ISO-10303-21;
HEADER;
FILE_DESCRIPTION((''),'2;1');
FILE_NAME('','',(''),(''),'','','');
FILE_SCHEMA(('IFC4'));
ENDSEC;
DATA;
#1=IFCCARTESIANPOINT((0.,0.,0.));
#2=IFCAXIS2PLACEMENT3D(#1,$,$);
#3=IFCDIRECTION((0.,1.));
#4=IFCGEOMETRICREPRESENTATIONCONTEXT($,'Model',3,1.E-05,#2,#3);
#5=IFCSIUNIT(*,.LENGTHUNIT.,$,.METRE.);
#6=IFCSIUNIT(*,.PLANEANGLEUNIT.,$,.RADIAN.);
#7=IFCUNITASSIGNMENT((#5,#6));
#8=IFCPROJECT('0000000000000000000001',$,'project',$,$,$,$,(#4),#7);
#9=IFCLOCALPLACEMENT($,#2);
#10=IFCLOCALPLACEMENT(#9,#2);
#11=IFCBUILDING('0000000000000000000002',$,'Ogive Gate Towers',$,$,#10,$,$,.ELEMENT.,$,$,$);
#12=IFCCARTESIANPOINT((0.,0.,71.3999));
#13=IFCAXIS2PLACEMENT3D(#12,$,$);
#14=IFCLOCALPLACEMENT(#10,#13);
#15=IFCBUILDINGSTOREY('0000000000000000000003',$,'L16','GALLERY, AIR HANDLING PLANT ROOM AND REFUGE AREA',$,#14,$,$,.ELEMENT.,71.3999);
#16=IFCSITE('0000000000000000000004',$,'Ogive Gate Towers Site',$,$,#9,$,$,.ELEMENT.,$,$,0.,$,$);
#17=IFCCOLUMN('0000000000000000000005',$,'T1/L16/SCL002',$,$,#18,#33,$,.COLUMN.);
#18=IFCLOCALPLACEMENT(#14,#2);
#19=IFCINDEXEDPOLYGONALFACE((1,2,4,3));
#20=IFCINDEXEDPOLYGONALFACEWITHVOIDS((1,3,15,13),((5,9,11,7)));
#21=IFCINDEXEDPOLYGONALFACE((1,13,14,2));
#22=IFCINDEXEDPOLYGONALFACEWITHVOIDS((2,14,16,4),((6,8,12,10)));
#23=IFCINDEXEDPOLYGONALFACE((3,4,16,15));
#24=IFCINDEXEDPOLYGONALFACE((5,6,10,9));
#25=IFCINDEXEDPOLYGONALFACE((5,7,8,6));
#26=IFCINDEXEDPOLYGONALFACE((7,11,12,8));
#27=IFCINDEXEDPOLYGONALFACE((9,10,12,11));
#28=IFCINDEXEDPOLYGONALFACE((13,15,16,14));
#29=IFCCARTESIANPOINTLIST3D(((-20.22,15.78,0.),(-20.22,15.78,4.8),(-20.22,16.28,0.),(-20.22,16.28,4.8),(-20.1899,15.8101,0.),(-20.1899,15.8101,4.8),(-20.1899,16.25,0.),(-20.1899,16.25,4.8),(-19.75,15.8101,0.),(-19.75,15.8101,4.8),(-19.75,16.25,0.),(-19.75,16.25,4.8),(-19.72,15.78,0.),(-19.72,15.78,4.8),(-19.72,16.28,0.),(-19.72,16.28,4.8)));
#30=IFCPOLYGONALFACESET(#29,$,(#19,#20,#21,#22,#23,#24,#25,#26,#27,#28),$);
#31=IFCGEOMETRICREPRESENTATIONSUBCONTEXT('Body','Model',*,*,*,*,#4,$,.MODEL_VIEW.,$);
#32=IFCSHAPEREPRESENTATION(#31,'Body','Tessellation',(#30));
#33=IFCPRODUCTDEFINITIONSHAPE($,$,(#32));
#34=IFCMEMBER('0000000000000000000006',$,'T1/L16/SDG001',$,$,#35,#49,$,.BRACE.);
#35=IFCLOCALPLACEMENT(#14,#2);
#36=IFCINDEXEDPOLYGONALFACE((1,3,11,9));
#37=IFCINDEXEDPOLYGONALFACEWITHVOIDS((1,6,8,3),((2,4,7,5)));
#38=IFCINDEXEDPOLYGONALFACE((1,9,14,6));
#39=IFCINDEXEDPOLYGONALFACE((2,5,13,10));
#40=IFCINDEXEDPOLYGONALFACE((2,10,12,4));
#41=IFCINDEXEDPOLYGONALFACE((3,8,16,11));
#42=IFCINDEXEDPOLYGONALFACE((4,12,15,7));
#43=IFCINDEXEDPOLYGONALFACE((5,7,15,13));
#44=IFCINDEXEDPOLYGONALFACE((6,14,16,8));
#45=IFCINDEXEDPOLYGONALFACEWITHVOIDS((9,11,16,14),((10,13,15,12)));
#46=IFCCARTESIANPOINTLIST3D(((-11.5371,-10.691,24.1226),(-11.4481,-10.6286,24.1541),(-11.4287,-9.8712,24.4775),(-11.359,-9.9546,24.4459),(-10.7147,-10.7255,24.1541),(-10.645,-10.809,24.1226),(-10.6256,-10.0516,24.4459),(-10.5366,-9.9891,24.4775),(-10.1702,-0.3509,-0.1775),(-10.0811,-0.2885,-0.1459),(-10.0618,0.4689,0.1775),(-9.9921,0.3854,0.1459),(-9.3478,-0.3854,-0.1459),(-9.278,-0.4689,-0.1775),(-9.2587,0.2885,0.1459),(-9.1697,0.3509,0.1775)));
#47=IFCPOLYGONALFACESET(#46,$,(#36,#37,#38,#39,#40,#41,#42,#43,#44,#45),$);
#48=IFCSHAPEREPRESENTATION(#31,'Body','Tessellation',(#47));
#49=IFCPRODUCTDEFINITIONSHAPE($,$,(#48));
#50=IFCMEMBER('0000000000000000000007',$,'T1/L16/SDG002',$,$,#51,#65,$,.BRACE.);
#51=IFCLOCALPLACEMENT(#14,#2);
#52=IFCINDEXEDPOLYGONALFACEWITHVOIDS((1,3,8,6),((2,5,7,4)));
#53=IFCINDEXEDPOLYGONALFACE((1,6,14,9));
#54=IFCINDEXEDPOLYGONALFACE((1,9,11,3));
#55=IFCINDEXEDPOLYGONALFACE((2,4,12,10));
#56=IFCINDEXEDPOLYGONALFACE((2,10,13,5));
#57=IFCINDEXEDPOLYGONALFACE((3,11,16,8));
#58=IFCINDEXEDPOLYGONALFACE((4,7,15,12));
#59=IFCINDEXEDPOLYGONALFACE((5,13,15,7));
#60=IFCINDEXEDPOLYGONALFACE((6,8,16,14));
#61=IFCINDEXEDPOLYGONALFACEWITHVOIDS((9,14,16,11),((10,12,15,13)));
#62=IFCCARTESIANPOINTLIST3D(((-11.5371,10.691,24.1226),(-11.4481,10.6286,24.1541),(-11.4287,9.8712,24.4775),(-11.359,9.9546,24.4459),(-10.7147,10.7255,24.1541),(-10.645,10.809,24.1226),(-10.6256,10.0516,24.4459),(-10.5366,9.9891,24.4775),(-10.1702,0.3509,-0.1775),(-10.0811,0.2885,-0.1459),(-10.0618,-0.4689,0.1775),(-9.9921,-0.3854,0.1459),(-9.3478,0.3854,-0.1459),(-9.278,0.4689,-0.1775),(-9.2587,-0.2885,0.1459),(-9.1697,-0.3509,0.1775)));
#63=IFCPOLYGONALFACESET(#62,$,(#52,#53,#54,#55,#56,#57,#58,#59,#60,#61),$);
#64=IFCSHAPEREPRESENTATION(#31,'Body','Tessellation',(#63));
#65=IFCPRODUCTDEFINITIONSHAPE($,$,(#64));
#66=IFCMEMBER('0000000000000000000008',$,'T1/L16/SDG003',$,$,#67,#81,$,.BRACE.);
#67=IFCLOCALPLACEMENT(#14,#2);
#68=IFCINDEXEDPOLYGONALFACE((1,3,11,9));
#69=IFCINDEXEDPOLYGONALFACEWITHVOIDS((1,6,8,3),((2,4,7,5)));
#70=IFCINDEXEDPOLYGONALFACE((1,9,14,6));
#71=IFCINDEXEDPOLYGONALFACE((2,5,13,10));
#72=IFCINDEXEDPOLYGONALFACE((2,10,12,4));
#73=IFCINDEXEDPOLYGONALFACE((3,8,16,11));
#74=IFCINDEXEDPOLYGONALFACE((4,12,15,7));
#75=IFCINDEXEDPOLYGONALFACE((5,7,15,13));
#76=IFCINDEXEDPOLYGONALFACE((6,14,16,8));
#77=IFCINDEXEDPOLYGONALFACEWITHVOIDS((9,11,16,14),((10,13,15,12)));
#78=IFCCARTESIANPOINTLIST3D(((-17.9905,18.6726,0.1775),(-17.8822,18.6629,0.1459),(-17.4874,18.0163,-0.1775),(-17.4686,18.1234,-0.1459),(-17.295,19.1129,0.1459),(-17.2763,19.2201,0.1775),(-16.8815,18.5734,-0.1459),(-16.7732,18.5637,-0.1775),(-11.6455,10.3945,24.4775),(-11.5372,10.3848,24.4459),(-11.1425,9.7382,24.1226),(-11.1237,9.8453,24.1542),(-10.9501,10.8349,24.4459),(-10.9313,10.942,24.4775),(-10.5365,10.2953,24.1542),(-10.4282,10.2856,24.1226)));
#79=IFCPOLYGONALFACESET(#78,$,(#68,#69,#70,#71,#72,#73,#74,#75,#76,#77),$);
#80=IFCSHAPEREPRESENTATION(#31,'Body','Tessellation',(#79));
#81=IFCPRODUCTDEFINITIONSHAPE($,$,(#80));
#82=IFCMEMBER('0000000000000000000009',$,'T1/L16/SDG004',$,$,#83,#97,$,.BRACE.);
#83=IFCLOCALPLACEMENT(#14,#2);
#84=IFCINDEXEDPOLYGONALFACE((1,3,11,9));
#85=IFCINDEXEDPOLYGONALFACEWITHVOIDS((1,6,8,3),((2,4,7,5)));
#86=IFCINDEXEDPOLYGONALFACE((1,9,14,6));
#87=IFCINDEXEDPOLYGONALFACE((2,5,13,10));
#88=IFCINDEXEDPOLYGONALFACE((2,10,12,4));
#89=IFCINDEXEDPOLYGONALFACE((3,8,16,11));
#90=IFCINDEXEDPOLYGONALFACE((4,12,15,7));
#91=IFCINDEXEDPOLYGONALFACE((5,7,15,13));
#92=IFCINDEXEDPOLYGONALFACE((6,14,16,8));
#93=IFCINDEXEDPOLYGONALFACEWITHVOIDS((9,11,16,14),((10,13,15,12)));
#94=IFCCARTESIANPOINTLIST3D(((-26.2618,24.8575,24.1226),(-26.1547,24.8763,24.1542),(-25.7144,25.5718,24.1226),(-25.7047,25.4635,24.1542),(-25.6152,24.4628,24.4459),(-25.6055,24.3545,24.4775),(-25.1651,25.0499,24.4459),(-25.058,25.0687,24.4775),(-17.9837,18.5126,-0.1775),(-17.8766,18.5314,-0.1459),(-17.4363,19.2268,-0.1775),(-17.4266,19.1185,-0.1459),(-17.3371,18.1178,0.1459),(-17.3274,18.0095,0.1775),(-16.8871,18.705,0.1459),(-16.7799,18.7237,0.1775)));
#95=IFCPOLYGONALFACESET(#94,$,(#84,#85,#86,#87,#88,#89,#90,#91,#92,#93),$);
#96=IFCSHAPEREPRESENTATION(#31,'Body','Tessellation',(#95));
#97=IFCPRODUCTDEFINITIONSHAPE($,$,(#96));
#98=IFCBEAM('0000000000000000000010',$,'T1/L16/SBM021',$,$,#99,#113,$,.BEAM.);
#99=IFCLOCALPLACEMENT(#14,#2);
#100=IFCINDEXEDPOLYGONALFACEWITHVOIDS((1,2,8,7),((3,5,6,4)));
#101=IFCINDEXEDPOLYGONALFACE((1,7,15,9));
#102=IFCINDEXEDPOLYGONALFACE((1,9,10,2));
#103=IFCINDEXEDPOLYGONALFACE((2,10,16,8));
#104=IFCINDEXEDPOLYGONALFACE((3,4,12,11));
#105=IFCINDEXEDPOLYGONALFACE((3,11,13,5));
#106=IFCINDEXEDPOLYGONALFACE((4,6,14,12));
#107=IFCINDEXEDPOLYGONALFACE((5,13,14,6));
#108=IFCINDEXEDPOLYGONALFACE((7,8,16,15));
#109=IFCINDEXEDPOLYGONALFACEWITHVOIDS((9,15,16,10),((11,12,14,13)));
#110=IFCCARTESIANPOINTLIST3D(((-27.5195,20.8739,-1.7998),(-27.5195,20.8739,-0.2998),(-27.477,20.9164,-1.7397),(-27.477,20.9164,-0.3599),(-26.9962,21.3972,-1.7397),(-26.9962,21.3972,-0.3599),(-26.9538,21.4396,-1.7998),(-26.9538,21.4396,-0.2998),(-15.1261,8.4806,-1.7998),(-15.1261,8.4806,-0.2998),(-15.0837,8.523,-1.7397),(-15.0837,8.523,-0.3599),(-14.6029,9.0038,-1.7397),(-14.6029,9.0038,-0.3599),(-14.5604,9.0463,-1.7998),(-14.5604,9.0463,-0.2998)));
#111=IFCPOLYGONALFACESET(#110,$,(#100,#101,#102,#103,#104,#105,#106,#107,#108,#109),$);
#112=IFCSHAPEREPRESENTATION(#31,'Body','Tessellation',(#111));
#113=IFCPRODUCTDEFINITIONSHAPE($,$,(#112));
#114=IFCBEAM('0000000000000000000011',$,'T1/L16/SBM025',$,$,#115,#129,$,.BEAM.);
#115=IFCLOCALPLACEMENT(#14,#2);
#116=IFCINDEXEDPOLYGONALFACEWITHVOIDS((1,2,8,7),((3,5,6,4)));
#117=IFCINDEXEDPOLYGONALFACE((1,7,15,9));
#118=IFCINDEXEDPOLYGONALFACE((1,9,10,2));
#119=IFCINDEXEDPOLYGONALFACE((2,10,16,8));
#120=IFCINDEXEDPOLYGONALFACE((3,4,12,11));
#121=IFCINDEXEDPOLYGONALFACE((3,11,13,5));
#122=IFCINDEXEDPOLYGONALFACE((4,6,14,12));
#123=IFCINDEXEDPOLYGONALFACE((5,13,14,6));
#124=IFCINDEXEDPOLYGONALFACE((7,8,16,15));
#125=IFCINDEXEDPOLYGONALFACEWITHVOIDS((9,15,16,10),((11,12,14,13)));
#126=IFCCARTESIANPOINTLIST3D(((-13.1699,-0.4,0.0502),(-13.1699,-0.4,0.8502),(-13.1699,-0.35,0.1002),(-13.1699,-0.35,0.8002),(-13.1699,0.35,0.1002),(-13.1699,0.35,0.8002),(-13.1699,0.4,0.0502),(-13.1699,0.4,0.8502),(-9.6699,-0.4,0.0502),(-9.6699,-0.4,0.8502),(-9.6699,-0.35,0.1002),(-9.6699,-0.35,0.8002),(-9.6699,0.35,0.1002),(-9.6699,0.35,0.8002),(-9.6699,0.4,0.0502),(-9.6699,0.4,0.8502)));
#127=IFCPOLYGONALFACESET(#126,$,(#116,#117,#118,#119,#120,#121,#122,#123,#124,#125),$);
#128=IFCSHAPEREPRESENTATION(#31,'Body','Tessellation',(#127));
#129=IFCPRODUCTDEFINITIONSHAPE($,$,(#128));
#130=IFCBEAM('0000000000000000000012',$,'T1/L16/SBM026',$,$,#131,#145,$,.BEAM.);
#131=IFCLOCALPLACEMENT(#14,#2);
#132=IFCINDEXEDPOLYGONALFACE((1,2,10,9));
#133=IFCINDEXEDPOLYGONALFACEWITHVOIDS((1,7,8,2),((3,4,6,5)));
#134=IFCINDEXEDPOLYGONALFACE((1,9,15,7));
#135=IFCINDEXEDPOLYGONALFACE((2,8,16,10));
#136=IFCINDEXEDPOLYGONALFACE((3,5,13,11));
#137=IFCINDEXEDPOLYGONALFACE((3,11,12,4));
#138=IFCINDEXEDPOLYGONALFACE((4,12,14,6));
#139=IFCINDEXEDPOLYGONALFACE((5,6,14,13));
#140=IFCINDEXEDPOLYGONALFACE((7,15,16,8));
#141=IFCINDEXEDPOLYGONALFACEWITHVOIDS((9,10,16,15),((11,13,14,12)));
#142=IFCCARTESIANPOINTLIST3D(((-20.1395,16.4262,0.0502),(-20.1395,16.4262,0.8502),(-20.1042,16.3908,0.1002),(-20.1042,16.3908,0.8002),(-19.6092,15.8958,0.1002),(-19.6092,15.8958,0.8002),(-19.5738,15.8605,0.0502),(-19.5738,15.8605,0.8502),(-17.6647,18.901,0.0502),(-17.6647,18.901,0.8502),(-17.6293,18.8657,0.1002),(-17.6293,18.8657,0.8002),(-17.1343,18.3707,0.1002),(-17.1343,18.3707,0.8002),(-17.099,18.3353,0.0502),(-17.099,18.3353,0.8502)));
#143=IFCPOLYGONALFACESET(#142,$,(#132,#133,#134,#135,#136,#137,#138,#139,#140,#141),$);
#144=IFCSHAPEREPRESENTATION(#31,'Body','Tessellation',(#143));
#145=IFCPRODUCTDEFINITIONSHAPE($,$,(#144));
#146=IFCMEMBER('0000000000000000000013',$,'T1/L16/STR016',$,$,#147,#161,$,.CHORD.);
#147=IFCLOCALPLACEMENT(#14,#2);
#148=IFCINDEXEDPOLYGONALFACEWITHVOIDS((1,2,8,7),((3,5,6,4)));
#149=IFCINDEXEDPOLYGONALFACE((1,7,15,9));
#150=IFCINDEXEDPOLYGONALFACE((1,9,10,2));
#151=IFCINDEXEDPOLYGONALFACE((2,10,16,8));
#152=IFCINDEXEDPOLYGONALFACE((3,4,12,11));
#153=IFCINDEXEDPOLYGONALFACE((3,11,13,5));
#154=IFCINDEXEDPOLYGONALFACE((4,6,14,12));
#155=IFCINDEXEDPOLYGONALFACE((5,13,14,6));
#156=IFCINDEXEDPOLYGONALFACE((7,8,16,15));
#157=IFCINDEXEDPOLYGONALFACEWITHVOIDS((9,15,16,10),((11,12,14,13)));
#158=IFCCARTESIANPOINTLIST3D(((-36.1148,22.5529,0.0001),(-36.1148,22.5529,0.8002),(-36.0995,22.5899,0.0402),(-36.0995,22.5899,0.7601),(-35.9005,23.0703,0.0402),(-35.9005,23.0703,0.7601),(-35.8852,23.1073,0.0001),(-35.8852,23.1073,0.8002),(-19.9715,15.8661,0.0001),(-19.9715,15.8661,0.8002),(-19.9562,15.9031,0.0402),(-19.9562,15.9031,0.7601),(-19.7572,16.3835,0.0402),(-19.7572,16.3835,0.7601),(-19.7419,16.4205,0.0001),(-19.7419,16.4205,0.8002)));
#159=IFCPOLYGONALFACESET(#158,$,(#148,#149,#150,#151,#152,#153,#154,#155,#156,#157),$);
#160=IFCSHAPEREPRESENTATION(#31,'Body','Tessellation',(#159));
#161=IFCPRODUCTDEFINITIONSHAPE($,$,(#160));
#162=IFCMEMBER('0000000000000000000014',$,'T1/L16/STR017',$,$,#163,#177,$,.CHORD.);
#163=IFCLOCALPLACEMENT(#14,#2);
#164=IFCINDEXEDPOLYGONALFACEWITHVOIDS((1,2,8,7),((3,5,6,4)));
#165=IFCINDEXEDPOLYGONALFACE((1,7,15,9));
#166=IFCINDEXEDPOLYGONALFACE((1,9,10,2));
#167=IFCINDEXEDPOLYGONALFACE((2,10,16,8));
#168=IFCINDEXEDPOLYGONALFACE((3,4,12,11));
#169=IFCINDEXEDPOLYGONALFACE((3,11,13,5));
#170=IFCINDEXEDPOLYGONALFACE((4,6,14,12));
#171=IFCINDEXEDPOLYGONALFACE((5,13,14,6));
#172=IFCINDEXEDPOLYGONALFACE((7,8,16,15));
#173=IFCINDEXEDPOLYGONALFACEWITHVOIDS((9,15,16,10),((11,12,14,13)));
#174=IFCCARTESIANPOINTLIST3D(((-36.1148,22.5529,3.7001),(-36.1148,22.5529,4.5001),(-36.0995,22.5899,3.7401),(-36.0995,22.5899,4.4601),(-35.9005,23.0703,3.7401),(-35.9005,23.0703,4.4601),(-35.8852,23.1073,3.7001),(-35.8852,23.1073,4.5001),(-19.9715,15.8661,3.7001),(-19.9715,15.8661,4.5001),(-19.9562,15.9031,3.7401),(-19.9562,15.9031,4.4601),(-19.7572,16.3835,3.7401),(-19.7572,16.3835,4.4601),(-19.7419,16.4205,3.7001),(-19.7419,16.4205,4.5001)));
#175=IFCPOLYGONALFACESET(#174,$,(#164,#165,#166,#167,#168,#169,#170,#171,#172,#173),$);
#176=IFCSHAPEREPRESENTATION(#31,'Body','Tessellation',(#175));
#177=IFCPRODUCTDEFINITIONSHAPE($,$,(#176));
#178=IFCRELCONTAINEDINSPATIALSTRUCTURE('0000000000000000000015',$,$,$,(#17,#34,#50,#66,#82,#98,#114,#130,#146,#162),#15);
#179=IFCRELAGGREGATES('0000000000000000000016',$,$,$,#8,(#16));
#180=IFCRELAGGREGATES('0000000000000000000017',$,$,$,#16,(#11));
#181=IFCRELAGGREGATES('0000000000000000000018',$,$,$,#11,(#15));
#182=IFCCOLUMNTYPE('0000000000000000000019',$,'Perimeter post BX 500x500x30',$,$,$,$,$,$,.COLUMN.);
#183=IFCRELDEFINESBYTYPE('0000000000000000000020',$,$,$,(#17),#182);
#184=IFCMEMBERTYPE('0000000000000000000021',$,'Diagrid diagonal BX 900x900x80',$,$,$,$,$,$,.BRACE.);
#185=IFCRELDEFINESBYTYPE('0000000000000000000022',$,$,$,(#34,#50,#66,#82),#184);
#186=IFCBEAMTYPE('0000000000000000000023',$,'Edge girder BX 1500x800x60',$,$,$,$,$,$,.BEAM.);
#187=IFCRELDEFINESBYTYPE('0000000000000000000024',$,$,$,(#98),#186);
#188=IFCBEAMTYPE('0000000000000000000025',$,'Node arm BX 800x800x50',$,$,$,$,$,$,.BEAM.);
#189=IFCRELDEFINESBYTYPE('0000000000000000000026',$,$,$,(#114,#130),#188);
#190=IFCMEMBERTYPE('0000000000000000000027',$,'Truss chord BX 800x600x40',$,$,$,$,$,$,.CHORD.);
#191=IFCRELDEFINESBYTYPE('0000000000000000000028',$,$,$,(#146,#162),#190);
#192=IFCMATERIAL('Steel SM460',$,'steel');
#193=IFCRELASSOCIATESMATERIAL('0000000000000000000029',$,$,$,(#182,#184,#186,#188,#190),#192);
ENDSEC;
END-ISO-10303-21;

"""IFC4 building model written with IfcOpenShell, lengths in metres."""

from ifc_helpers import new_model, si_unit, direction, frame, origin, origin_2d, place, context, subcontext, project, spatial, hollow_rectangle, extrude, material, material_profile, profile_set, type_object, element, save


model = new_model("IFC4")

# Units and contexts
model_context = context("Model", 3, precision=1e-05, world=origin(), true_north=direction((0.0, 1.0)))
body_context = subcontext(model_context, "Body", "Model", "MODEL_VIEW")
ifc_project = project(units=[si_unit("LENGTHUNIT", "METRE"), si_unit("PLANEANGLEUNIT", "RADIAN")], contexts=[model_context])

# Site, building, storey
site_placement = place(None, origin())
site = spatial("IfcSite", under=ifc_project, at=site_placement, Name="Ogive Gate Towers Site", CompositionType="ELEMENT", RefElevation=0.0)
building_placement = place(site_placement, origin())
building = spatial("IfcBuilding", under=site, at=building_placement, Name="Ogive Gate Towers", CompositionType="ELEMENT")
storey_placement = place(building_placement, frame((0.0, 0.0, 71.3999)))
storey = spatial("IfcBuildingStorey", under=building, at=storey_placement, Name="L16", Description="GALLERY, AIR HANDLING PLANT ROOM AND REFUGE AREA", CompositionType="ELEMENT", Elevation=71.3999)

# Column
ifc_material_1 = material(Name="Steel SM460", Category="steel")
ifc_material_profile_1 = material_profile(ifc_material_1, hollow_rectangle(XDim=0.5, YDim=0.5, WallThickness=0.03, at=origin_2d()), Name="BX 500x500x30")
ifc_profile_set_1 = profile_set([ifc_material_profile_1], Name="Steel SM460")
column_type = type_object("IfcColumnType", Name="Perimeter post BX 500x500x30", PredefinedType="COLUMN", material=ifc_profile_set_1)
column_placement = place(storey_placement, frame((-19.97, 16.03, 0.0), z_axis=(0.0, 0.0, 1.0), x_axis=(1.0, 0.0, 0.0)))
element("IfcColumn", 1, at=column_placement, inside=storey, type_object=column_type, Name="T1/L16/SCL002", PredefinedType="COLUMN", context=body_context, shape_type="SweptSolid", body=[
    extrude(hollow_rectangle(XDim=0.5, YDim=0.5, WallThickness=0.03, at=origin_2d()), origin(), (0.0, 0.0, 1.0), 4.8),
])

# Members
ifc_material_profile_2 = material_profile(ifc_material_1, hollow_rectangle(XDim=0.8999, YDim=0.8999, WallThickness=0.0801, at=origin_2d()), Name="BX 900x900x80")
ifc_profile_set_2 = profile_set([ifc_material_profile_2], Name="Steel SM460")
member_type_1 = type_object("IfcMemberType", Name="Diagrid diagonal BX 900x900x80", PredefinedType="BRACE", material=ifc_profile_set_2)
for number, where, z_axis, x_axis, name in (
    (2, (-9.6699, 0.0, 0.0), (-0.051692, -0.39102, 0.918929), (0.991375, -0.131058, 0.0), "T1/L16/SDG001"),
    (3, (-9.6699, 0.0, 0.0), (-0.051692, 0.39102, 0.918929), (-0.991375, -0.131058, 0.0), "T1/L16/SDG002"),
    (4, (-17.3818, 18.6182, 0.0), (0.239941, -0.313043, 0.91893), (0.793678, 0.608338, 0.0), "T1/L16/SDG003"),
    (5, (-17.3818, 18.6182, 0.0), (-0.313043, 0.239941, 0.91893), (-0.608338, -0.793678, 0.0), "T1/L16/SDG004"),
):
    element("IfcMember", number, at=place(storey_placement, frame(where, z_axis=z_axis, x_axis=x_axis)), inside=storey, type_object=member_type_1, Name=name, PredefinedType="BRACE", context=body_context, shape_type="SweptSolid", body=[
        extrude(hollow_rectangle(XDim=0.8999, YDim=0.8999, WallThickness=0.0801, at=origin_2d()), origin(), (0.0, 0.0, 1.0), 26.4438),
    ])

# Beams
ifc_material_profile_3 = material_profile(ifc_material_1, hollow_rectangle(XDim=0.8, YDim=1.5, WallThickness=0.0601, at=origin_2d()), Name="BX 1500x800x60")
ifc_profile_set_3 = profile_set([ifc_material_profile_3], Name="Steel SM460")
beam_type_1 = type_object("IfcBeamType", Name="Edge girder BX 1500x800x60", PredefinedType="BEAM", material=ifc_profile_set_3)
beam_placement = place(storey_placement, frame((-14.8433, 8.7634, -1.0498), z_axis=(-0.707107, 0.707107, 0.0), x_axis=(-0.707107, -0.707107, 0.0)))
element("IfcBeam", 6, at=beam_placement, inside=storey, type_object=beam_type_1, Name="T1/L16/SBM021", PredefinedType="BEAM", context=body_context, shape_type="SweptSolid", body=[
    extrude(hollow_rectangle(XDim=0.8, YDim=1.5, WallThickness=0.0601, at=origin_2d()), origin(), (0.0, 0.0, 1.0), 17.5269),
])
ifc_material_profile_4 = material_profile(ifc_material_1, hollow_rectangle(XDim=0.8, YDim=0.8, WallThickness=0.05, at=origin_2d()), Name="BX 800x800x50")
ifc_profile_set_4 = profile_set([ifc_material_profile_4], Name="Steel SM460")
beam_type_2 = type_object("IfcBeamType", Name="Node arm BX 800x800x50", PredefinedType="BEAM", material=ifc_profile_set_4)
for number, where, z_axis, x_axis, name in (
    (7, (-13.1699, 0.0, 0.4502), (1.0, 0.0, 0.0), (0.0, 1.0, 0.0), "T1/L16/SBM025"),
    (8, (-19.8567, 16.1433, 0.4502), (0.707107, 0.707107, 0.0), (-0.707107, 0.707107, 0.0), "T1/L16/SBM026"),
):
    element("IfcBeam", number, at=place(storey_placement, frame(where, z_axis=z_axis, x_axis=x_axis)), inside=storey, type_object=beam_type_2, Name=name, PredefinedType="BEAM", context=body_context, shape_type="SweptSolid", body=[
        extrude(hollow_rectangle(XDim=0.8, YDim=0.8, WallThickness=0.05, at=origin_2d()), origin(), (0.0, 0.0, 1.0), 3.5),
    ])

# Members
ifc_material_profile_5 = material_profile(ifc_material_1, hollow_rectangle(XDim=0.6001, YDim=0.8, WallThickness=0.04, at=origin_2d()), Name="BX 800x600x40")
ifc_profile_set_5 = profile_set([ifc_material_profile_5], Name="Steel SM460")
member_type_2 = type_object("IfcMemberType", Name="Truss chord BX 800x600x40", PredefinedType="CHORD", material=ifc_profile_set_5)
for number, where, z_axis, x_axis, name in (
    (9, (-19.8567, 16.1433, 0.4001), (-0.92388, 0.382683, 0.0), (-0.382683, -0.92388, 0.0), "T1/L16/STR016"),
    (10, (-19.8567, 16.1433, 4.1001), (-0.92388, 0.382683, 0.0), (-0.382683, -0.92388, 0.0), "T1/L16/STR017"),
):
    element("IfcMember", number, at=place(storey_placement, frame(where, z_axis=z_axis, x_axis=x_axis)), inside=storey, type_object=member_type_2, Name=name, PredefinedType="CHORD", context=body_context, shape_type="SweptSolid", body=[
        extrude(hollow_rectangle(XDim=0.6001, YDim=0.8, WallThickness=0.04, at=origin_2d()), origin(), (0.0, 0.0, 1.0), 17.4734),
    ])

save(model, "model.ifc")
